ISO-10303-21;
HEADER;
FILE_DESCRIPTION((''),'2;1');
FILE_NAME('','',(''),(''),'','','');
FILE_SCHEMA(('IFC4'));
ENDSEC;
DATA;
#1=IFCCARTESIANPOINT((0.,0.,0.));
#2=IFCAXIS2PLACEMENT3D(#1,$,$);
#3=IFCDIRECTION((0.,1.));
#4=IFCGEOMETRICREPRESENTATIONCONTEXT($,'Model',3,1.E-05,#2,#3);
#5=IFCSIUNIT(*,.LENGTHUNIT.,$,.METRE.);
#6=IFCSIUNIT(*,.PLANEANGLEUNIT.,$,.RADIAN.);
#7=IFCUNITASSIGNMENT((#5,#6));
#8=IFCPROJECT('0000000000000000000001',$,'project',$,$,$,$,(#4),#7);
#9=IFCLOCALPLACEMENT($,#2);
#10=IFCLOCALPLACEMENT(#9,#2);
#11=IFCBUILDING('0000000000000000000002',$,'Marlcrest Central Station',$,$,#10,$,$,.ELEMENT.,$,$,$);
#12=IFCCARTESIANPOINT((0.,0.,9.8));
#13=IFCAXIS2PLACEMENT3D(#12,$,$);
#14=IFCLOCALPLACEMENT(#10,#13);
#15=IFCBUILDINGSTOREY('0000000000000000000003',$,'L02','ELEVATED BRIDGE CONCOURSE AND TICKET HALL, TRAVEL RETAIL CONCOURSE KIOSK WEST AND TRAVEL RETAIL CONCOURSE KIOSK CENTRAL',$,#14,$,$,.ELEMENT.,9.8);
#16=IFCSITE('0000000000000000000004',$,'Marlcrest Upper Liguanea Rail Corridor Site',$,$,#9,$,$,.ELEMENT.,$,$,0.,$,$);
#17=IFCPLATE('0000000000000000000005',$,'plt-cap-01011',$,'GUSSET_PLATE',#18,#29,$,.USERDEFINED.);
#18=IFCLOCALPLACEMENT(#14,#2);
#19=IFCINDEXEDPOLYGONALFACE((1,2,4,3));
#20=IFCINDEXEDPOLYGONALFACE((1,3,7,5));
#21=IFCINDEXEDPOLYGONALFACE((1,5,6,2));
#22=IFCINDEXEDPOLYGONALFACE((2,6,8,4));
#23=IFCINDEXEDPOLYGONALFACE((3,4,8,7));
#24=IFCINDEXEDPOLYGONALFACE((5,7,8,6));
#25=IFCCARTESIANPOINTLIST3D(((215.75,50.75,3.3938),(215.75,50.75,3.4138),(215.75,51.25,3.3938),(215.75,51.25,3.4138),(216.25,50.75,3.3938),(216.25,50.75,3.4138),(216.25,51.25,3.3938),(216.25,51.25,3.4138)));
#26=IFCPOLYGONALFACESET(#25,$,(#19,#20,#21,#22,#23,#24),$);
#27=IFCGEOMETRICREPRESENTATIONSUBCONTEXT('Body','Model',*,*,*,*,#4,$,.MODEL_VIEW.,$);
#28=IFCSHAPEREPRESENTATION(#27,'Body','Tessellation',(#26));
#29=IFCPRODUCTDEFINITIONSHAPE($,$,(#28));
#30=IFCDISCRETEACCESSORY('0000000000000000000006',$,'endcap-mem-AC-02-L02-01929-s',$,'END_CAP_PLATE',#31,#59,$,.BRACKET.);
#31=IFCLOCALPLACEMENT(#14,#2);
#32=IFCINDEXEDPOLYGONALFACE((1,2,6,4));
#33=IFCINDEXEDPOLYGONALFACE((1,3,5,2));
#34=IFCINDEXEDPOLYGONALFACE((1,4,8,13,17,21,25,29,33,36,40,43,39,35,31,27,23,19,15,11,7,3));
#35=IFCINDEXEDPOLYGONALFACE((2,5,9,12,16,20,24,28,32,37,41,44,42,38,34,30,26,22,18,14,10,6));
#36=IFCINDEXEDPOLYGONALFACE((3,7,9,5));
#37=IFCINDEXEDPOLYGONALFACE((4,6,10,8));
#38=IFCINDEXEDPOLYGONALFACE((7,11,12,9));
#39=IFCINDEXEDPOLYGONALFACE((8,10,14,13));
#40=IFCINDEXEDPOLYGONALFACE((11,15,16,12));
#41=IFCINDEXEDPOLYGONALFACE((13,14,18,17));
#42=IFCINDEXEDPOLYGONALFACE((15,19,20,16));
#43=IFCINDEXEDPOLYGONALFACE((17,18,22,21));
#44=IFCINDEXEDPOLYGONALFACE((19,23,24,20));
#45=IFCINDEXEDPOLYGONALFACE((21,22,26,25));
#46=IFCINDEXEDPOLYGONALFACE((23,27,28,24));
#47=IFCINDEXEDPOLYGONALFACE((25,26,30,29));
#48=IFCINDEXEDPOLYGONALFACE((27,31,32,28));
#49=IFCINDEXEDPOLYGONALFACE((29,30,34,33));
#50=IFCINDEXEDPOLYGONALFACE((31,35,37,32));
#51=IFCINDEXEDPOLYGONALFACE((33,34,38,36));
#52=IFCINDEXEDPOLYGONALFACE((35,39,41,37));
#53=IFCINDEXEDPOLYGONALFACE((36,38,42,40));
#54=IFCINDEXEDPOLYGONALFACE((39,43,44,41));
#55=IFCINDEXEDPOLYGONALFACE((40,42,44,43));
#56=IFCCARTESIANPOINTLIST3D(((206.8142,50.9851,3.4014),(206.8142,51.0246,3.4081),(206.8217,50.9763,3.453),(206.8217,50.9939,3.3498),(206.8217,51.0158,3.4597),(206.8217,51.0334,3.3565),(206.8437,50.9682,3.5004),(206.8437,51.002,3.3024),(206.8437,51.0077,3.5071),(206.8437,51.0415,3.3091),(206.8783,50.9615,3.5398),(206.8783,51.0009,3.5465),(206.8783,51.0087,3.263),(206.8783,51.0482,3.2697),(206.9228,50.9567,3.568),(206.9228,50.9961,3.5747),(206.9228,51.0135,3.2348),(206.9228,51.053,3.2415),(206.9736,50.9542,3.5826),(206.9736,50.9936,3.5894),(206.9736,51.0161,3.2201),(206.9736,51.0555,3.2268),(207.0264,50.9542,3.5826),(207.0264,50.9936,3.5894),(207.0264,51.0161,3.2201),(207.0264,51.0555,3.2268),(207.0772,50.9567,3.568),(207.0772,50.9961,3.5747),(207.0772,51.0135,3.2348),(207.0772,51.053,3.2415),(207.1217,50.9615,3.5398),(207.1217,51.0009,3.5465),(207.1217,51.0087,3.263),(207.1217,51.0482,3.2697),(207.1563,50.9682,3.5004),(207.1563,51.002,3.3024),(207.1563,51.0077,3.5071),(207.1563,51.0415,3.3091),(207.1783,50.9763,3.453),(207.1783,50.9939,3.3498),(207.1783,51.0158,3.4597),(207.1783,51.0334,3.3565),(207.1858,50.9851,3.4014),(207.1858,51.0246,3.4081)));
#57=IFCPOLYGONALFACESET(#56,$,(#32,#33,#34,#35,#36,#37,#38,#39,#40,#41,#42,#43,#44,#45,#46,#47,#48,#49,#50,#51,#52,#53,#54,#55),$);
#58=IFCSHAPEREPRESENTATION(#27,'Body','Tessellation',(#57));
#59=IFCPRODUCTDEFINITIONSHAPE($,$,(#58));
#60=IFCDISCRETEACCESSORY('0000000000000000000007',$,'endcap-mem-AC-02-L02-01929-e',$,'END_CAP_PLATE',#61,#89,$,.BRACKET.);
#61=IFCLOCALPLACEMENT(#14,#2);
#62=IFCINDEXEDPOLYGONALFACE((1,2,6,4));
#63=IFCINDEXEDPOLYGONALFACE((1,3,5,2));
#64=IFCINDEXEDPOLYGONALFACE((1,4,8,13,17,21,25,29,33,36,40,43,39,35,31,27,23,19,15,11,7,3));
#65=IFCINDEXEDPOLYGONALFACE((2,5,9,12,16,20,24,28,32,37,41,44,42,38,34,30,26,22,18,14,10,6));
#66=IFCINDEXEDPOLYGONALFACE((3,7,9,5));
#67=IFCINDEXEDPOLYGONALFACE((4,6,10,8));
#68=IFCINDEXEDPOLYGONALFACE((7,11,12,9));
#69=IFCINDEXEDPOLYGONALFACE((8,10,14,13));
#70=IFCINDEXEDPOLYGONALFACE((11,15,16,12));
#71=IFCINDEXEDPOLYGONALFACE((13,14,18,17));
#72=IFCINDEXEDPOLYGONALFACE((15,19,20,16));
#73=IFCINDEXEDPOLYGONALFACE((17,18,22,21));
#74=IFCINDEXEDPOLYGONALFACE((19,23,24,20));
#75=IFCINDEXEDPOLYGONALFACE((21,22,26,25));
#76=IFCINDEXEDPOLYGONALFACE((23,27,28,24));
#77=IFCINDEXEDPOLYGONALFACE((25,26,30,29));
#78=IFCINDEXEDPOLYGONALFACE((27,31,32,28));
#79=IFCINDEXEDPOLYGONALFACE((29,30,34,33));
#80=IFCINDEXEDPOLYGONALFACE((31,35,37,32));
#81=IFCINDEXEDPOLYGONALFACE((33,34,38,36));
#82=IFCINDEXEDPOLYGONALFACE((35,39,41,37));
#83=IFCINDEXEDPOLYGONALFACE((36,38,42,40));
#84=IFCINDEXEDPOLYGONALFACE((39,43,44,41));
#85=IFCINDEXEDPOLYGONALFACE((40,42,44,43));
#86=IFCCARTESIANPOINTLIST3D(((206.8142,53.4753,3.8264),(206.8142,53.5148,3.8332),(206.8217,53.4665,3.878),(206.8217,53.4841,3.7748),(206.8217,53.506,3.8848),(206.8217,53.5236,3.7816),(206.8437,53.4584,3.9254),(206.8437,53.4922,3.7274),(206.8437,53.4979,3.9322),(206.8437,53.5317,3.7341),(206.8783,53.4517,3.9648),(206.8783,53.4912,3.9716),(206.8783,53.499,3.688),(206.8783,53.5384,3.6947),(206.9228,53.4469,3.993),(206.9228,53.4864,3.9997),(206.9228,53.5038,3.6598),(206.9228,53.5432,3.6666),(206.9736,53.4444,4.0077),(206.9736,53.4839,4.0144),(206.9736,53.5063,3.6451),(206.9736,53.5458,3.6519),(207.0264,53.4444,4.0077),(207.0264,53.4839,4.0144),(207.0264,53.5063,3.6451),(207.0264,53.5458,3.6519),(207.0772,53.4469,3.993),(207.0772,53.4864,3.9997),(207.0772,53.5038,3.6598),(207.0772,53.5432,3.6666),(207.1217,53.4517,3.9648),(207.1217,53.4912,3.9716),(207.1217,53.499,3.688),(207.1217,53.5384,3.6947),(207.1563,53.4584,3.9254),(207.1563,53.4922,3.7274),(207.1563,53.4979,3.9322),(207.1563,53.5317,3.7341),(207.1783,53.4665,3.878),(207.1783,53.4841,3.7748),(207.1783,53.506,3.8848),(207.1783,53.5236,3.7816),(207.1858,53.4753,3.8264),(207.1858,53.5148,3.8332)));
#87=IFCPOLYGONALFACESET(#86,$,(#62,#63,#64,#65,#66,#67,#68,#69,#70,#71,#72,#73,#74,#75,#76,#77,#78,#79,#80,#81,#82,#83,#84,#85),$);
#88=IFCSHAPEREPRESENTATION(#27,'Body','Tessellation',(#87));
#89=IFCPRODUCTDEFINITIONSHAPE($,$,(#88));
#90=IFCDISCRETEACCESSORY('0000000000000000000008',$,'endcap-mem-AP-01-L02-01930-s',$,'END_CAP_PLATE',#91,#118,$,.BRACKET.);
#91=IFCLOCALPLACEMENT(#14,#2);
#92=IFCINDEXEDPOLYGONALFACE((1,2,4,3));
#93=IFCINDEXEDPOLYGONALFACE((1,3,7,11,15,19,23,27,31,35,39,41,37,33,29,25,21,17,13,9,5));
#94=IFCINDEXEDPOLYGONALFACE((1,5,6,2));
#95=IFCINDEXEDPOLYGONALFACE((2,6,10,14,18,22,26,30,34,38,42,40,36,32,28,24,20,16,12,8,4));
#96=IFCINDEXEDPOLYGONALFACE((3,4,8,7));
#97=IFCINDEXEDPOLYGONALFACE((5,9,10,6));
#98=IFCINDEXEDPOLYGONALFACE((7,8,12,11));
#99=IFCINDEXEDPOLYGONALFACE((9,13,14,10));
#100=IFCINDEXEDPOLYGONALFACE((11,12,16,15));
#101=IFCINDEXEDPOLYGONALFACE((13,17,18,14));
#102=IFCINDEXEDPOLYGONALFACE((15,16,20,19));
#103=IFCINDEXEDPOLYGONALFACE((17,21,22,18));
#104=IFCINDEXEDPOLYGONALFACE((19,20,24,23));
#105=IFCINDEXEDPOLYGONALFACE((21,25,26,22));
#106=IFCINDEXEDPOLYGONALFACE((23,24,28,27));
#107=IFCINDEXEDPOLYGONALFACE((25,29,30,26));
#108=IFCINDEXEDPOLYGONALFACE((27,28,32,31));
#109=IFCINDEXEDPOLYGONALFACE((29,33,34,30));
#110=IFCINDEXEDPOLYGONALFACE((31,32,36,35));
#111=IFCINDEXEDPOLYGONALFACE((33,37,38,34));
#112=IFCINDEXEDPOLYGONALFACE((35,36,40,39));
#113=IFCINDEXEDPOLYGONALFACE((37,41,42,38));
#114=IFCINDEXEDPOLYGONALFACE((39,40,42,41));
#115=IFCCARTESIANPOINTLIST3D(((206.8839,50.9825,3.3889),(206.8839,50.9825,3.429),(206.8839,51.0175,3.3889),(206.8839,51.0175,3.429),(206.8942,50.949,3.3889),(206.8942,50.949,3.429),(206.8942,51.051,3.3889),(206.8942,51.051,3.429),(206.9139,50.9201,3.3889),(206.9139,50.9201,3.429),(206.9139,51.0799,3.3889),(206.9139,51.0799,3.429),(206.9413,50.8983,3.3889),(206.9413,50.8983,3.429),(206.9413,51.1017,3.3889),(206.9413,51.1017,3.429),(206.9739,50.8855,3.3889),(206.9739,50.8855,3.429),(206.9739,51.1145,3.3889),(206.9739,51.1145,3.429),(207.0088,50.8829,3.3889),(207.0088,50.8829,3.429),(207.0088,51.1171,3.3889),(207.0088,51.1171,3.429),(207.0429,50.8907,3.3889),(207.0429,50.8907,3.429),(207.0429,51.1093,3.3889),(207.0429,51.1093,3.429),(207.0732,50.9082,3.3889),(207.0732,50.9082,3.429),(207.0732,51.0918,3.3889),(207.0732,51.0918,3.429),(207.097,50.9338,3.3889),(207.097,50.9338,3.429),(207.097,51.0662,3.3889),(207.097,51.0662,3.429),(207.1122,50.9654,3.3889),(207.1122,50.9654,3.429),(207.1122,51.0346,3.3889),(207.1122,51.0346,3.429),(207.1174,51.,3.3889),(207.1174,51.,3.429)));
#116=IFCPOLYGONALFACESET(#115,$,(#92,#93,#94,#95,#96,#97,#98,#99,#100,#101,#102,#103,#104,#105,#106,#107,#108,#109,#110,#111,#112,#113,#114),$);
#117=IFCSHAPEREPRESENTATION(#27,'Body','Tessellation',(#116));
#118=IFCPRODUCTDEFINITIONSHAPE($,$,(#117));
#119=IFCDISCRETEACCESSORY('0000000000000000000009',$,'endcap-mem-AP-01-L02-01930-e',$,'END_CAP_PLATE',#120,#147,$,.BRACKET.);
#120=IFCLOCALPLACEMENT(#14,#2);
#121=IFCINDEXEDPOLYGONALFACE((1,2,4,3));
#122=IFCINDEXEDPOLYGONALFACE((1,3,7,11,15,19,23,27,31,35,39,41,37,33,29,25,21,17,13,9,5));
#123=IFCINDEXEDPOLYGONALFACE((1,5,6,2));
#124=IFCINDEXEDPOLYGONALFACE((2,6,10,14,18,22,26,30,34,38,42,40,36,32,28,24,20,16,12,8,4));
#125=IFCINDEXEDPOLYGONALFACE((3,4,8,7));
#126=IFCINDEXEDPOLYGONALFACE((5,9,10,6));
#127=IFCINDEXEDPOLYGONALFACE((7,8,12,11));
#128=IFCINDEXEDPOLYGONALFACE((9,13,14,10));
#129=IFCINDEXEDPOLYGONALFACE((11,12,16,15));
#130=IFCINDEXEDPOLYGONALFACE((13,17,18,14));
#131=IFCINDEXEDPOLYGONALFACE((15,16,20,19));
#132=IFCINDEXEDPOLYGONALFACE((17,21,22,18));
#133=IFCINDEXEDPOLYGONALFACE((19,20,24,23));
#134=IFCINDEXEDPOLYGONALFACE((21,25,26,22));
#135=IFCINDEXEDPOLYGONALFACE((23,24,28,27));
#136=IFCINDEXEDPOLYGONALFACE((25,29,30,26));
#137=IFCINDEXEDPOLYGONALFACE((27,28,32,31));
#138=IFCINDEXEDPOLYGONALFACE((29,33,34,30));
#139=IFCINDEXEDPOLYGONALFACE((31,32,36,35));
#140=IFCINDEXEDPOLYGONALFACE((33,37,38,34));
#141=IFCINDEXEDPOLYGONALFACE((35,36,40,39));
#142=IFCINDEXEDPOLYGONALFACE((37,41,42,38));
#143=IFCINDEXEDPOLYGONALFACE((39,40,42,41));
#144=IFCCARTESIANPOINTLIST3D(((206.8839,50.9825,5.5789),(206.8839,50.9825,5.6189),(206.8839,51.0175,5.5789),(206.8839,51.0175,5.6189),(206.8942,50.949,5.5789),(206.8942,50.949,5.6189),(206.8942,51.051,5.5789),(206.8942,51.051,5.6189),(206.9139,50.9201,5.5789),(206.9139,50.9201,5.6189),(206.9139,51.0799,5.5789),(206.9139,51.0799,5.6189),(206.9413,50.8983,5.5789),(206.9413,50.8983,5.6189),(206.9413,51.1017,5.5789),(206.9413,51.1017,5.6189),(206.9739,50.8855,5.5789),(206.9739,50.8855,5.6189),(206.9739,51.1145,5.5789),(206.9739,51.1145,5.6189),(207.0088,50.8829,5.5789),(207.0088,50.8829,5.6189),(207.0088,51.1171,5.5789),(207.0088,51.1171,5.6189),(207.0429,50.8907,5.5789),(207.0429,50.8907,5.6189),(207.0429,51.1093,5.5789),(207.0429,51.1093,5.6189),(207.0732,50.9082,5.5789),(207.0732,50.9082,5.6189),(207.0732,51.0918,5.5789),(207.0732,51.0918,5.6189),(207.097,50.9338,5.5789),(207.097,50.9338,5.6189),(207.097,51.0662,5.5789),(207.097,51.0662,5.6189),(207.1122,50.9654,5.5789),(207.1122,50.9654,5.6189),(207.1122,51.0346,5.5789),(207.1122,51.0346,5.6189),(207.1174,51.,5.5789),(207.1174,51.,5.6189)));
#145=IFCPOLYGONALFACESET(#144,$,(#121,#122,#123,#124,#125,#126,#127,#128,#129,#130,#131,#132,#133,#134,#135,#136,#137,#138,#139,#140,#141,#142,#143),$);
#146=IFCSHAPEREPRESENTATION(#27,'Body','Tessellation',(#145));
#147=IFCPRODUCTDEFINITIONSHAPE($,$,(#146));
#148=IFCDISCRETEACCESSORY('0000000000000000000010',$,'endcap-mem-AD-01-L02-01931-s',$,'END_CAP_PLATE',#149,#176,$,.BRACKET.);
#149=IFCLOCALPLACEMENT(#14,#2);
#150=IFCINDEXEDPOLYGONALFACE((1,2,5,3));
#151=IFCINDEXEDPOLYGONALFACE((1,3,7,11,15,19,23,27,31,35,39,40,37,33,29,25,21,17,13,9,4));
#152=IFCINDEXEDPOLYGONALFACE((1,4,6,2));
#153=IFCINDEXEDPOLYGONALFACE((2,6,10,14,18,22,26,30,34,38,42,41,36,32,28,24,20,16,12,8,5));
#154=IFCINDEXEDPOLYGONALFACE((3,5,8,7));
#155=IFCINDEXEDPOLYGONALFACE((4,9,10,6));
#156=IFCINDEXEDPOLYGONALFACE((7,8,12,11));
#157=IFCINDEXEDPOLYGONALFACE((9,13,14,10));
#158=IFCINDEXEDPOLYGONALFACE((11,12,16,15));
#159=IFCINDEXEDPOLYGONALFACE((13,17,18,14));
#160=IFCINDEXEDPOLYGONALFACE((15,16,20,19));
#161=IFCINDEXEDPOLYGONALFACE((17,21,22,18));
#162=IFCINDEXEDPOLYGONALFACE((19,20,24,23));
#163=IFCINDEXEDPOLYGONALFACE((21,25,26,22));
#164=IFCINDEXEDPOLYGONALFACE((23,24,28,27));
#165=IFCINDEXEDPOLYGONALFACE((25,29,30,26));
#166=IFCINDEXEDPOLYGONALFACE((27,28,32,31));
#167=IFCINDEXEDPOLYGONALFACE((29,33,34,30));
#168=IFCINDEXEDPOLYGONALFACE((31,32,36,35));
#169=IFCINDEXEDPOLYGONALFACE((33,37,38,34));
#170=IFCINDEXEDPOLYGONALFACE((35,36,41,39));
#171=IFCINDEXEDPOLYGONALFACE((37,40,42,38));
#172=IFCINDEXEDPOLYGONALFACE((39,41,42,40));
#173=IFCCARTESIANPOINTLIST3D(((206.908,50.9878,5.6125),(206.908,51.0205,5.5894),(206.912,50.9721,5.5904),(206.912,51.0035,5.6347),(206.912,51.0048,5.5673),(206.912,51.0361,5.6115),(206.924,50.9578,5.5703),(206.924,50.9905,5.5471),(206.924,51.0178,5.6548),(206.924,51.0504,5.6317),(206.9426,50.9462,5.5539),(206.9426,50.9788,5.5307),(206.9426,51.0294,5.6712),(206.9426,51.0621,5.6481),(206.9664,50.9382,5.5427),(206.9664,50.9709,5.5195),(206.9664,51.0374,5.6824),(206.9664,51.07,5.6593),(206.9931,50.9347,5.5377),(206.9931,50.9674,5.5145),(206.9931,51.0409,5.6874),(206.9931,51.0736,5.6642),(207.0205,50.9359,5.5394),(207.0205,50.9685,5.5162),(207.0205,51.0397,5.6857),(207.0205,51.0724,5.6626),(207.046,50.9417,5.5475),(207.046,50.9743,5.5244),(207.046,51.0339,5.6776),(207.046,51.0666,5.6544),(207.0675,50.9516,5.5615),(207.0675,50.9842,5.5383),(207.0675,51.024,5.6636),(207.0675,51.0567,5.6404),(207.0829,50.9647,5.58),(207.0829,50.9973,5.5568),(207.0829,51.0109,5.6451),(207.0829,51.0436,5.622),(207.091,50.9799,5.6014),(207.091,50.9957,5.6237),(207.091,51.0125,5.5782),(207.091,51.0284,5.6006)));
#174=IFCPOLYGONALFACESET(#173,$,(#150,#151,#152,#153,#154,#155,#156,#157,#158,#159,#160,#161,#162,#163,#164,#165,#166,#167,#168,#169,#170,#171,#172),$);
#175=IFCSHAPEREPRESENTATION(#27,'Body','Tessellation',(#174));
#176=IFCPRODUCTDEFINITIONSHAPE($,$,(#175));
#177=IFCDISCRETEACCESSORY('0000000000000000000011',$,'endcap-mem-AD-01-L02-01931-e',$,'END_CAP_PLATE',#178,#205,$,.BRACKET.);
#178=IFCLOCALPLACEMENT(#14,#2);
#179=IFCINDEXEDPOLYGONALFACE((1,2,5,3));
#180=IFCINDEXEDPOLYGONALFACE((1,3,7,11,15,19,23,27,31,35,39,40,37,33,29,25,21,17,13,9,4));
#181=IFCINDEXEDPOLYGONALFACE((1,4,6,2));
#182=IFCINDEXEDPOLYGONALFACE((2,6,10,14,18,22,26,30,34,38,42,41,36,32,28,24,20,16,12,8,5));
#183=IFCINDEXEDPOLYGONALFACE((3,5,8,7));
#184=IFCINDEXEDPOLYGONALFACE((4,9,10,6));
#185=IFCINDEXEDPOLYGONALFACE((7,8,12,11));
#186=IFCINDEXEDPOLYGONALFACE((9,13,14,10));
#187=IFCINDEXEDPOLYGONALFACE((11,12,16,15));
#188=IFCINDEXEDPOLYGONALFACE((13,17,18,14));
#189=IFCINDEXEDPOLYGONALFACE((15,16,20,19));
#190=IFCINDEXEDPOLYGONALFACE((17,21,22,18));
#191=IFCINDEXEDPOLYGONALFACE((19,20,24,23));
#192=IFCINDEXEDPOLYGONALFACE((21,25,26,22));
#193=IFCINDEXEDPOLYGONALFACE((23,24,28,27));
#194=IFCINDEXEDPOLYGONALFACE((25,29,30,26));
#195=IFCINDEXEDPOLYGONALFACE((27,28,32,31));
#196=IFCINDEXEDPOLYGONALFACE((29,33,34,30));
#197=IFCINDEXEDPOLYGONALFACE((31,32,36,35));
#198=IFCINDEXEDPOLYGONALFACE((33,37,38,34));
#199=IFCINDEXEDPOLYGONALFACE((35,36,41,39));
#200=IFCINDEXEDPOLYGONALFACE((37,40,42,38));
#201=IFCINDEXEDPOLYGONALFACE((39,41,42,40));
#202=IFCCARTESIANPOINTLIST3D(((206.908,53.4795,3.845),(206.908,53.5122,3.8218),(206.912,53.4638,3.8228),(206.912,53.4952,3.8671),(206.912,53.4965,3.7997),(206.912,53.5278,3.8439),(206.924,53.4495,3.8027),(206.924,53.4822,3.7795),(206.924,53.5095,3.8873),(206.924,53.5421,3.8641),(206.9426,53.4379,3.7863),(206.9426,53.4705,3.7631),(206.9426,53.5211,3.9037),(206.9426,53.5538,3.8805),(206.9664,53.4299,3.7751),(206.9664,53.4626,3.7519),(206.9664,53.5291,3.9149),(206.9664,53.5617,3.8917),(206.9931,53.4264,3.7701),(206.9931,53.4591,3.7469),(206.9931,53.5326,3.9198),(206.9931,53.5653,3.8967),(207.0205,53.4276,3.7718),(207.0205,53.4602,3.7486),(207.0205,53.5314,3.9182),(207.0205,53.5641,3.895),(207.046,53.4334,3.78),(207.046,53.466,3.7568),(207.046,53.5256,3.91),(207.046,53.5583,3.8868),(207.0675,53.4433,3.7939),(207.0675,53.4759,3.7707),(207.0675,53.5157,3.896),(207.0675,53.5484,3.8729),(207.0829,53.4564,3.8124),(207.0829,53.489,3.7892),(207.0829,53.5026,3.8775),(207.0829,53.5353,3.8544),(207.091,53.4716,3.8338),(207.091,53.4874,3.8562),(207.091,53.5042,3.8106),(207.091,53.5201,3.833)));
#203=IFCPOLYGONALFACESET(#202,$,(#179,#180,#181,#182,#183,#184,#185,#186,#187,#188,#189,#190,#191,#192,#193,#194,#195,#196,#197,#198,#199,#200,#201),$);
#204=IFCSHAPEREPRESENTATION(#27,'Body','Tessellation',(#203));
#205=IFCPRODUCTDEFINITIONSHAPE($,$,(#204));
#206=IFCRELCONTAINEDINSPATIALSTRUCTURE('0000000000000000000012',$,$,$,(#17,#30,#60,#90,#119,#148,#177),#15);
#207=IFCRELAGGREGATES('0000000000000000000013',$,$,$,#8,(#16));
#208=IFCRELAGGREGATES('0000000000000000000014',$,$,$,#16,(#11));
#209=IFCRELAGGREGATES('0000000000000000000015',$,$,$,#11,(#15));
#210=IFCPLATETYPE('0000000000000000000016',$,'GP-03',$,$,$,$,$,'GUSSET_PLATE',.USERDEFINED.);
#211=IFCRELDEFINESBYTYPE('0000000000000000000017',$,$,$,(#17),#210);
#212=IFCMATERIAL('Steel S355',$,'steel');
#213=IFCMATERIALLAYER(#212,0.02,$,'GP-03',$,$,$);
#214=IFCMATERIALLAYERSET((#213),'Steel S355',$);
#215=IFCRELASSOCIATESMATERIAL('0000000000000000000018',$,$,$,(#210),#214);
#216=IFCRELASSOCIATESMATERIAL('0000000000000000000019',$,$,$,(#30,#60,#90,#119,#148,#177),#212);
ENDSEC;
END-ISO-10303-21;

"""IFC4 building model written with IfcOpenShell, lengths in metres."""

from ifc_helpers import new_model, si_unit, direction, frame, origin, origin_2d, place, context, subcontext, project, spatial, rectangle, circle, extrude, material, layer, layer_set, type_object, element, save


model = new_model("IFC4")

# Units and contexts
model_context = context("Model", 3, precision=1e-05, world=origin(), true_north=direction((0.0, 1.0)))
body_context = subcontext(model_context, "Body", "Model", "MODEL_VIEW")
ifc_project = project(units=[si_unit("LENGTHUNIT", "METRE"), si_unit("PLANEANGLEUNIT", "RADIAN")], contexts=[model_context])

# Site, building, storey
site_placement = place(None, origin())
site = spatial("IfcSite", under=ifc_project, at=site_placement, Name="Marlcrest Upper Liguanea Rail Corridor Site", CompositionType="ELEMENT", RefElevation=0.0)
building_placement = place(site_placement, origin())
building = spatial("IfcBuilding", under=site, at=building_placement, Name="Marlcrest Central Station", CompositionType="ELEMENT")
storey_placement = place(building_placement, frame((0.0, 0.0, 9.8)))
storey = spatial("IfcBuildingStorey", under=building, at=storey_placement, Name="L02", Description="ELEVATED BRIDGE CONCOURSE AND TICKET HALL, TRAVEL RETAIL CONCOURSE KIOSK WEST AND TRAVEL RETAIL CONCOURSE KIOSK CENTRAL", CompositionType="ELEMENT", Elevation=9.8)

# Shared definitions
ifc_material = material(Name="Steel S355", Category="steel")

# Plate
ifc_layer = layer(ifc_material, 0.02, Name="GP-03")
ifc_layer_set = layer_set([ifc_layer], Name="Steel S355")
plate_type = type_object("IfcPlateType", Name="GP-03", ElementType="GUSSET_PLATE", PredefinedType="USERDEFINED", material=ifc_layer_set)
for number, where, z_axis, x_axis, name in (
    (1, (216.0, 51.0, 3.3938), (0.0, 0.0, 1.0), (1.0, 0.0, 0.0), "plt-cap-01011"),
):
    element("IfcPlate", number, at=place(storey_placement, frame(where, z_axis=z_axis, x_axis=x_axis)), inside=storey, type_object=plate_type, Name=name, ObjectType="GUSSET_PLATE", PredefinedType="USERDEFINED", context=body_context, shape_type="SweptSolid", body=[
        extrude(rectangle(XDim=0.5, YDim=0.5, at=origin_2d()), origin(), (0.0, 0.0, 1.0), 0.02),
    ])

# Discrete accessories
for number, where, z_axis, x_axis, name in (
    (2, (207.0, 50.9851, 3.4014), (0.0, 0.985741, 0.168269), (-1.0, 0.0, 0.0), "endcap-mem-AC-02-L02-01929-s"),
    (3, (207.0, 53.4753, 3.8264), (0.0, 0.985741, 0.168269), (-1.0, 0.0, 0.0), "endcap-mem-AC-02-L02-01929-e"),
):
    element("IfcDiscreteAccessory", number, at=place(storey_placement, frame(where, z_axis=z_axis, x_axis=x_axis)), inside=storey, material=ifc_material, Name=name, ObjectType="END_CAP_PLATE", PredefinedType="BRACKET", context=body_context, shape_type="SweptSolid", body=[
        extrude(circle(Radius=0.1858, at=origin_2d()), origin(), (0.0, 0.0, 1.0), 0.04),
    ])
for number, where, z_axis, x_axis, name in (
    (4, (207.0, 51.0, 3.3889), (0.0, 0.0, 1.0), (1.0, 0.0, 0.0), "endcap-mem-AP-01-L02-01930-s"),
    (5, (207.0, 51.0, 5.5789), (0.0, 0.0, 1.0), (1.0, 0.0, 0.0), "endcap-mem-AP-01-L02-01930-e"),
):
    element("IfcDiscreteAccessory", number, at=place(storey_placement, frame(where, z_axis=z_axis, x_axis=x_axis)), inside=storey, material=ifc_material, Name=name, ObjectType="END_CAP_PLATE", PredefinedType="BRACKET", context=body_context, shape_type="SweptSolid", body=[
        extrude(circle(Radius=0.1174, at=origin_2d()), origin(), (0.0, 0.0, 1.0), 0.04),
    ])
for number, where, z_axis, x_axis, name in (
    (6, (207.0, 50.9878, 5.6125), (0.0, 0.815661, -0.57853), (-1.0, 0.0, 0.0), "endcap-mem-AD-01-L02-01931-s"),
    (7, (207.0, 53.4795, 3.845), (0.0, 0.815661, -0.57853), (-1.0, 0.0, 0.0), "endcap-mem-AD-01-L02-01931-e"),
):
    element("IfcDiscreteAccessory", number, at=place(storey_placement, frame(where, z_axis=z_axis, x_axis=x_axis)), inside=storey, material=ifc_material, Name=name, ObjectType="END_CAP_PLATE", PredefinedType="BRACKET", context=body_context, shape_type="SweptSolid", body=[
        extrude(circle(Radius=0.092, at=origin_2d()), origin(), (0.0, 0.0, 1.0), 0.04),
    ])

save(model, "model.ifc")
